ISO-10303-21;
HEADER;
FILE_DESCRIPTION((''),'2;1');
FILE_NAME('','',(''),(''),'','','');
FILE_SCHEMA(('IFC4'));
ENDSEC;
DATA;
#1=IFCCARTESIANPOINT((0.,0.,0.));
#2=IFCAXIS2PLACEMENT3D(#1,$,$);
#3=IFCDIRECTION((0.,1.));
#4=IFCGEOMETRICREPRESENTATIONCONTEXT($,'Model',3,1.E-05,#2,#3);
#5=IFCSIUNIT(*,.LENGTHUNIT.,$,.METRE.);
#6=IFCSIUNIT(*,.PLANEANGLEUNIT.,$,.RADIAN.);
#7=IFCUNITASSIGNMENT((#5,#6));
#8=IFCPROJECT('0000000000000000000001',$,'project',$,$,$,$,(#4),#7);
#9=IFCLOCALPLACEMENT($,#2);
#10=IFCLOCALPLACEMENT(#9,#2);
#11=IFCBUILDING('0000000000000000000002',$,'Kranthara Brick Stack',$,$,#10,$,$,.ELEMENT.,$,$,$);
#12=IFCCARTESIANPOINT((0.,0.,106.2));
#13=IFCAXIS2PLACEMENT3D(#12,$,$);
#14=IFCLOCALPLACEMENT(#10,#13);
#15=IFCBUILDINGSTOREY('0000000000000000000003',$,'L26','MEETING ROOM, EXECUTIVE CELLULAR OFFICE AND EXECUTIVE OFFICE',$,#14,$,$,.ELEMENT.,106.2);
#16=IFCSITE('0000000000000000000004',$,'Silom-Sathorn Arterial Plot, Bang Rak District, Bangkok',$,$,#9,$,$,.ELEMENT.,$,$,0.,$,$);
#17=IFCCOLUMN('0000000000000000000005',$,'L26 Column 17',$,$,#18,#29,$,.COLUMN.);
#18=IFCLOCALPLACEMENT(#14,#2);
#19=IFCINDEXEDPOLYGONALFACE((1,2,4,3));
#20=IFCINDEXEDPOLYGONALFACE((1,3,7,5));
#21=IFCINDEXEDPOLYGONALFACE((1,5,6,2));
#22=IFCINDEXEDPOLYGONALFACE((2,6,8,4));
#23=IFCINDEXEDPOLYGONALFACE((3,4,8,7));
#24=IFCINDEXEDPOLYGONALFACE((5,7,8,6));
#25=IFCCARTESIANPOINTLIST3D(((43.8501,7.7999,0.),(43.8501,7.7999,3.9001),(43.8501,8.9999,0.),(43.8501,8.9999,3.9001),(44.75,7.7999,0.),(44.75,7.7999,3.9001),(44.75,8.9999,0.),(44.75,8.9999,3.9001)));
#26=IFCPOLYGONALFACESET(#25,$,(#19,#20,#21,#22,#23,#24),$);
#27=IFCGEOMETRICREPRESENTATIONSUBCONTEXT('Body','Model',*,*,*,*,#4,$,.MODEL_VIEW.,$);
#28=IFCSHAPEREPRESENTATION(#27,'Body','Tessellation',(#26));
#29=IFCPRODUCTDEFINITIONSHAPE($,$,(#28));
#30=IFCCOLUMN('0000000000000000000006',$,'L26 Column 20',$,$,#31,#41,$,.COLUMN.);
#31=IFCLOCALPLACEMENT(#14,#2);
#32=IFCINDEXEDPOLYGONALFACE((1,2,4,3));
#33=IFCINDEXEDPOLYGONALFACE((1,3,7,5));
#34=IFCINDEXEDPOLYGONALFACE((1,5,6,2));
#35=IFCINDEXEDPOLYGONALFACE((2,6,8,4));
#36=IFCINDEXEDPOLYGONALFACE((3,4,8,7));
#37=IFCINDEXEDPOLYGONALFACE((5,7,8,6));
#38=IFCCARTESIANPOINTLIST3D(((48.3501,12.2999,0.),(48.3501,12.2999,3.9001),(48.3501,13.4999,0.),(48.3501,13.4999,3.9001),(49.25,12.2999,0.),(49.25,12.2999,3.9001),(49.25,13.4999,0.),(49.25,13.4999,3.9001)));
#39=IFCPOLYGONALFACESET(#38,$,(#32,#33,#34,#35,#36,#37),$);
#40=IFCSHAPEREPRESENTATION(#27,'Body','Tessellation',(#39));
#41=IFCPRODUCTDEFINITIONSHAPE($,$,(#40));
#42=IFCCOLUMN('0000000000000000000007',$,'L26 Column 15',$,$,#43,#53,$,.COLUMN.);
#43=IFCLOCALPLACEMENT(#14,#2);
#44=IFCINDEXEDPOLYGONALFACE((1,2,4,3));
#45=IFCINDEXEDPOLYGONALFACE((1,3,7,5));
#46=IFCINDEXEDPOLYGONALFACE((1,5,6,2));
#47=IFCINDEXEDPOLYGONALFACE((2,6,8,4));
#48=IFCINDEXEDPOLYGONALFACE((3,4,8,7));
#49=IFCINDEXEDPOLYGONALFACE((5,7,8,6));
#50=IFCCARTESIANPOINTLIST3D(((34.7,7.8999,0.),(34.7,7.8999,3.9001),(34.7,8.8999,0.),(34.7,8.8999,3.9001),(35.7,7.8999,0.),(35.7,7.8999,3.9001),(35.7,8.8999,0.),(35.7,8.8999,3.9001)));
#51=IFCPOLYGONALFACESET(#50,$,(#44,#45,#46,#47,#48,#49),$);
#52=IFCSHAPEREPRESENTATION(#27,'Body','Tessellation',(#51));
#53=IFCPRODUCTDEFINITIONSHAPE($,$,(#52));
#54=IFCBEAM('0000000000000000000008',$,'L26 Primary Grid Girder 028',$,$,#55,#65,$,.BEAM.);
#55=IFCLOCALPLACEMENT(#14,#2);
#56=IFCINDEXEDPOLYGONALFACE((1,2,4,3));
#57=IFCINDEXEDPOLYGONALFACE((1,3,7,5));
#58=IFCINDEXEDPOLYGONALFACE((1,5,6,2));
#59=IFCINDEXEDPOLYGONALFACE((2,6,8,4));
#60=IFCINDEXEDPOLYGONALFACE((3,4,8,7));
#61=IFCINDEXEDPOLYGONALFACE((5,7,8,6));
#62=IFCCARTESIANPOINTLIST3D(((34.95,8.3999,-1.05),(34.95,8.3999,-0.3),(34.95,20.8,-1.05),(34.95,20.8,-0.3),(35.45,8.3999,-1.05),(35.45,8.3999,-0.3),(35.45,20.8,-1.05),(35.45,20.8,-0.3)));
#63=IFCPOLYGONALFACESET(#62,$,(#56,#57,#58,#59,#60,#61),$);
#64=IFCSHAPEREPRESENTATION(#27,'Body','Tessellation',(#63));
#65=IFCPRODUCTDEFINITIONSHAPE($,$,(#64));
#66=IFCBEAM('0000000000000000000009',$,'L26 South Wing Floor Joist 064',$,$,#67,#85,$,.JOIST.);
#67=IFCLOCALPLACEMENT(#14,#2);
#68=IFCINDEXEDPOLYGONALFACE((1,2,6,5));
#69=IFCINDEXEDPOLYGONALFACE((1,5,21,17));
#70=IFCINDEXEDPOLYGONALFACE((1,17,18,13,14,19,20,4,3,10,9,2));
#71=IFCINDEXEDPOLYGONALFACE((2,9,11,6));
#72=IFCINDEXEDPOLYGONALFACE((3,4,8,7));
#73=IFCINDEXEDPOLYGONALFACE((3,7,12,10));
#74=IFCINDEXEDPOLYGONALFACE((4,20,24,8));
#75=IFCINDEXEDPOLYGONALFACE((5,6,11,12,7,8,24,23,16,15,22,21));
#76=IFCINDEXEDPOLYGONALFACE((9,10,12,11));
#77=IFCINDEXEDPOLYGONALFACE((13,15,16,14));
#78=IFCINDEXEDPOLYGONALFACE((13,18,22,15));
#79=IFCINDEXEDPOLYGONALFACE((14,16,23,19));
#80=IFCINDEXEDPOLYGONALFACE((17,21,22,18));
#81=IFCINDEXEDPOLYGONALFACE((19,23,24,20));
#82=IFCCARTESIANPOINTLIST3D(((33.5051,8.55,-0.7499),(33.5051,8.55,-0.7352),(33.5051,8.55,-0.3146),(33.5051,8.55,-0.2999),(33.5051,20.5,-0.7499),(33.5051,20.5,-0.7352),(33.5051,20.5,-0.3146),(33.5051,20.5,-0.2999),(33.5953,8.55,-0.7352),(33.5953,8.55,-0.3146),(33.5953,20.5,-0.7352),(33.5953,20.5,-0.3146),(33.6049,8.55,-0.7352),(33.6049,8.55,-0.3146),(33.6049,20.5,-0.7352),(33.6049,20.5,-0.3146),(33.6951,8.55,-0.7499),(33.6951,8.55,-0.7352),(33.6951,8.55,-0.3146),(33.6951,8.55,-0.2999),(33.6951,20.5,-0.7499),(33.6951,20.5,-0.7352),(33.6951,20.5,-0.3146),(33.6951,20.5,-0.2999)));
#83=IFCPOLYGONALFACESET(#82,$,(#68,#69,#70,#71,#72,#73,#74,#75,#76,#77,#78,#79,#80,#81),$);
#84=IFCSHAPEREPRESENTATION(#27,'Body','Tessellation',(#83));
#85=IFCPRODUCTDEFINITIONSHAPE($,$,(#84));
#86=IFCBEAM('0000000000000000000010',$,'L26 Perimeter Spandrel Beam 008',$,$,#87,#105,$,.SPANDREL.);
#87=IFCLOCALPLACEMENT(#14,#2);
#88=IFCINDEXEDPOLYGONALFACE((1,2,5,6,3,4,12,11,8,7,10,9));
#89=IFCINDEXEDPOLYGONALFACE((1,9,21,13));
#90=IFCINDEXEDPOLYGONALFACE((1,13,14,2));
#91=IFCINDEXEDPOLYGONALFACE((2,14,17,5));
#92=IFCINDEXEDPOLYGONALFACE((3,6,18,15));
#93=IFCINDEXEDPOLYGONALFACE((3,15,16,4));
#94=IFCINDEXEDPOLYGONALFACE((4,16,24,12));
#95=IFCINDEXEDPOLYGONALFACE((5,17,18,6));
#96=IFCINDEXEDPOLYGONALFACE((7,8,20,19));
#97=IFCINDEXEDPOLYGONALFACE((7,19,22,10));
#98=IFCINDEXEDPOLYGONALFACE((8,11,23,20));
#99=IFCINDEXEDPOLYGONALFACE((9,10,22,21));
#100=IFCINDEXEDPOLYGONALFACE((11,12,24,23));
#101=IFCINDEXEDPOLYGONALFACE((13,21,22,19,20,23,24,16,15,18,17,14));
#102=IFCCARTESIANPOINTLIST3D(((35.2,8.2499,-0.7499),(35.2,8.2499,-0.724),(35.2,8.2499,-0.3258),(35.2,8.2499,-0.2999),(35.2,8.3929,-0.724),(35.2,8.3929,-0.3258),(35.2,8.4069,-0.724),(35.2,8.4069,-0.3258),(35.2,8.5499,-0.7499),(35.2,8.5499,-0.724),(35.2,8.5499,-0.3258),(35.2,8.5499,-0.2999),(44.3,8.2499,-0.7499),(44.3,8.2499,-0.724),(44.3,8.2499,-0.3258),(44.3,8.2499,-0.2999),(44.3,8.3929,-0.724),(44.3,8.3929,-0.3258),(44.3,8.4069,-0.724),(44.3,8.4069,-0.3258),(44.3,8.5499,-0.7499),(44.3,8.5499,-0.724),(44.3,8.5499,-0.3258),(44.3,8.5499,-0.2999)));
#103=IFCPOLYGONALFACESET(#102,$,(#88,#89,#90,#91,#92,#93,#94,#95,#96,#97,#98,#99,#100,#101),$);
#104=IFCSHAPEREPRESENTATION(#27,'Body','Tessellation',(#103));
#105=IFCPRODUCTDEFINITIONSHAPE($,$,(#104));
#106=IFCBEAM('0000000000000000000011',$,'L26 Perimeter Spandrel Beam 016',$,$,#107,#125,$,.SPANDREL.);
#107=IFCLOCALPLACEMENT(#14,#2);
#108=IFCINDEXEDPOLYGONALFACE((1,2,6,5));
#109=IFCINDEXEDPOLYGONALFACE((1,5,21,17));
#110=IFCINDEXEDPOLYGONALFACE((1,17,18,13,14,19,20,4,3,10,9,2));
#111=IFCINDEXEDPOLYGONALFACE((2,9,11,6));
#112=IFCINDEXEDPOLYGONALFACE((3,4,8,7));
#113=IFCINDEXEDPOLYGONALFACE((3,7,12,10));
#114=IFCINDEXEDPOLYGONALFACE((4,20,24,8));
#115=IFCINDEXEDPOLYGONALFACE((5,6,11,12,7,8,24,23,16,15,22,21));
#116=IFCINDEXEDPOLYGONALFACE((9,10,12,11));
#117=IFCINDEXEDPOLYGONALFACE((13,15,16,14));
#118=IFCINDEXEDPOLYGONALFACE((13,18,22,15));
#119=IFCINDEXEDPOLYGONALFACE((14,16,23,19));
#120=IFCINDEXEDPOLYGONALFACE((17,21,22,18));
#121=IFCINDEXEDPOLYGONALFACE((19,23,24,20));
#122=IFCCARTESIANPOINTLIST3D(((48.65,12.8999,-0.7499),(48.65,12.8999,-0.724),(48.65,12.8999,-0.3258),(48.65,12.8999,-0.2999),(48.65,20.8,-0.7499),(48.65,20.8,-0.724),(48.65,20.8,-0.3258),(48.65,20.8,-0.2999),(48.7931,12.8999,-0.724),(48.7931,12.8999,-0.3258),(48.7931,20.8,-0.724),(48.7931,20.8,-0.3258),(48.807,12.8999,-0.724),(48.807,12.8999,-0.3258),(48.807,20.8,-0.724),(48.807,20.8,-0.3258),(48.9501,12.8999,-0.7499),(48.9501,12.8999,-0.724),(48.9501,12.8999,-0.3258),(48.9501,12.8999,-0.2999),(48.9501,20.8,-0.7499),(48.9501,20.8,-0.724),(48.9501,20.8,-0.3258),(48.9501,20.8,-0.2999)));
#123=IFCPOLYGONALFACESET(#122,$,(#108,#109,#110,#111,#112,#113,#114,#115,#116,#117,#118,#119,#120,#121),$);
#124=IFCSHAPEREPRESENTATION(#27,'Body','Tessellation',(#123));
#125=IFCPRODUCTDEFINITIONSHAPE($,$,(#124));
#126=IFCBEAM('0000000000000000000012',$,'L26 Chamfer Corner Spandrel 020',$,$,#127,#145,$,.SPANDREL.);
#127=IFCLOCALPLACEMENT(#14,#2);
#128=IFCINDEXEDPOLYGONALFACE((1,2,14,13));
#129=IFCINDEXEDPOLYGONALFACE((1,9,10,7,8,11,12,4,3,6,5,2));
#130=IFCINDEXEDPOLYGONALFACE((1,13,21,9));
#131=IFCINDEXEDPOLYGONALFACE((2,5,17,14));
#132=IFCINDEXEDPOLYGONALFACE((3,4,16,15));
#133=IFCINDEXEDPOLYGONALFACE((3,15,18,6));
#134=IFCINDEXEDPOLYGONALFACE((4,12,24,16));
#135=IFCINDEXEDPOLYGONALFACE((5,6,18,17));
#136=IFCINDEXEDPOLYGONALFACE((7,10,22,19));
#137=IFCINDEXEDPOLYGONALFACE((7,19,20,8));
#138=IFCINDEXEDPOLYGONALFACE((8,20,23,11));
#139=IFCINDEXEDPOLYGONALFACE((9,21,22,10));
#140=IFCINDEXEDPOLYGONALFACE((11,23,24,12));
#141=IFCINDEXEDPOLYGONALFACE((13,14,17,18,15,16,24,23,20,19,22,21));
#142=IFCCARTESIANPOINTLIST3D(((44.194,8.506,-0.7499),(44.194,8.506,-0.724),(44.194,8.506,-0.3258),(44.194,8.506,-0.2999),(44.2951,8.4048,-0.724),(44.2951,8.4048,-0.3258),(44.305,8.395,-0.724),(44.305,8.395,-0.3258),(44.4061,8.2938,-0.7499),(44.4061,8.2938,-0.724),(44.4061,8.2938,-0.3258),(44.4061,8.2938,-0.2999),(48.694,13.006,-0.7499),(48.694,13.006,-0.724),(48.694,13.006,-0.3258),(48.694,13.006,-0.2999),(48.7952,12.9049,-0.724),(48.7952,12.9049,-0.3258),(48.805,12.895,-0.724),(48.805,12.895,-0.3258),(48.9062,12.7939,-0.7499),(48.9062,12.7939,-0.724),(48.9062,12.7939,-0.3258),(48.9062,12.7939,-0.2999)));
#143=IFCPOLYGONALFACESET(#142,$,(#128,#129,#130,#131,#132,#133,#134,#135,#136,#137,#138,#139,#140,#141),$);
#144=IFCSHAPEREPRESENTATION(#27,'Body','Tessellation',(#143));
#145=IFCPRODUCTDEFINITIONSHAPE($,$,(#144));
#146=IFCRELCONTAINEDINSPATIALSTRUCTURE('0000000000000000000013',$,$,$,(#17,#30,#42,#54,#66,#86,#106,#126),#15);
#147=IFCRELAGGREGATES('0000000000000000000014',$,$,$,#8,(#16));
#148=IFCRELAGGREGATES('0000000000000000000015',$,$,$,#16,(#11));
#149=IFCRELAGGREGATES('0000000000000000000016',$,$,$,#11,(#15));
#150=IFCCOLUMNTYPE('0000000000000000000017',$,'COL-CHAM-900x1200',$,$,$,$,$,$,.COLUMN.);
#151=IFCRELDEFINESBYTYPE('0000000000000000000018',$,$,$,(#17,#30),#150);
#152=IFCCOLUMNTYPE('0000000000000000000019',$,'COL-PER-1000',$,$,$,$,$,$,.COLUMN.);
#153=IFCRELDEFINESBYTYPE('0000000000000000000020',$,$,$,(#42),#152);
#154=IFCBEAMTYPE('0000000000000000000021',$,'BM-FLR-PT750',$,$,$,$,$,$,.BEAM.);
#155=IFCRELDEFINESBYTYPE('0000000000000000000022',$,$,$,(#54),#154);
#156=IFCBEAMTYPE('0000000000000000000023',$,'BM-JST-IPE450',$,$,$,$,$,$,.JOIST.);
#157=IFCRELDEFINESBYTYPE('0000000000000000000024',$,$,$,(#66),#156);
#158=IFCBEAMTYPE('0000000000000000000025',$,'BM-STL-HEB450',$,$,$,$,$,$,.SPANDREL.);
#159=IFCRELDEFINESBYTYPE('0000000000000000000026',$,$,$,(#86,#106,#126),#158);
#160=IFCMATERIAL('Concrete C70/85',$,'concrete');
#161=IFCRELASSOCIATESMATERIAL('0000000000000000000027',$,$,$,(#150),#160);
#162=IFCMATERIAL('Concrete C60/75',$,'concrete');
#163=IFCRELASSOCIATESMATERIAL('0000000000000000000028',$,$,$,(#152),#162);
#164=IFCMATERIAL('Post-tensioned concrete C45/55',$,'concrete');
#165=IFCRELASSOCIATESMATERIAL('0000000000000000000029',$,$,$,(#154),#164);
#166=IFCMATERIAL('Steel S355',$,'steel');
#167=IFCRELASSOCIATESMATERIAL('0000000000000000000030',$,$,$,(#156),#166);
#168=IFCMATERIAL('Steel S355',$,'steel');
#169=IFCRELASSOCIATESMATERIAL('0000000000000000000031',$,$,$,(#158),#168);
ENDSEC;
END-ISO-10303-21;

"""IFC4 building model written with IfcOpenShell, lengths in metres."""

from ifc_helpers import new_model, si_unit, direction, frame, origin, origin_2d, place, context, subcontext, project, spatial, rectangle, i_section, extrude, material, material_profile, profile_set, type_object, element, save


model = new_model("IFC4")

# Units and contexts
model_context = context("Model", 3, precision=1e-05, world=origin(), true_north=direction((0.0, 1.0)))
body_context = subcontext(model_context, "Body", "Model", "MODEL_VIEW")
ifc_project = project(units=[si_unit("LENGTHUNIT", "METRE"), si_unit("PLANEANGLEUNIT", "RADIAN")], contexts=[model_context])

# Site, building, storey
site_placement = place(None, origin())
site = spatial("IfcSite", under=ifc_project, at=site_placement, Name="Silom-Sathorn Arterial Plot, Bang Rak District, Bangkok", CompositionType="ELEMENT", RefElevation=0.0)
building_placement = place(site_placement, origin())
building = spatial("IfcBuilding", under=site, at=building_placement, Name="Kranthara Brick Stack", CompositionType="ELEMENT")
storey_placement = place(building_placement, frame((0.0, 0.0, 106.2)))
storey = spatial("IfcBuildingStorey", under=building, at=storey_placement, Name="L26", Description="MEETING ROOM, EXECUTIVE CELLULAR OFFICE AND EXECUTIVE OFFICE", CompositionType="ELEMENT", Elevation=106.2)

# Columns
ifc_material_1 = material(Name="Concrete C70/85", Category="concrete")
ifc_material_profile_1 = material_profile(ifc_material_1, rectangle(XDim=0.8999, YDim=1.2, at=origin_2d()), Name="RC 900x1200")
ifc_profile_set_1 = profile_set([ifc_material_profile_1], Name="Concrete C70/85")
column_type_1 = type_object("IfcColumnType", Name="COL-CHAM-900x1200", PredefinedType="COLUMN", material=ifc_profile_set_1)
for number, where, z_axis, x_axis, name in (
    (1, (44.3, 8.3999, 0.0), (0.0, 0.0, 1.0), (1.0, 0.0, 0.0), "L26 Column 17"),
    (2, (48.8, 12.8999, 0.0), (0.0, 0.0, 1.0), (1.0, 0.0, 0.0), "L26 Column 20"),
):
    element("IfcColumn", number, at=place(storey_placement, frame(where, z_axis=z_axis, x_axis=x_axis)), inside=storey, type_object=column_type_1, Name=name, PredefinedType="COLUMN", context=body_context, shape_type="SweptSolid", body=[
        extrude(rectangle(XDim=0.8999, YDim=1.2, at=origin_2d()), origin(), (0.0, 0.0, 1.0), 3.9001),
    ])
ifc_material_2 = material(Name="Concrete C60/75", Category="concrete")
ifc_material_profile_2 = material_profile(ifc_material_2, rectangle(XDim=1.0, YDim=1.0, at=origin_2d()), Name="RC 1000x1000")
ifc_profile_set_2 = profile_set([ifc_material_profile_2], Name="Concrete C60/75")
column_type_2 = type_object("IfcColumnType", Name="COL-PER-1000", PredefinedType="COLUMN", material=ifc_profile_set_2)
column_placement = place(storey_placement, frame((35.2, 8.3999, 0.0), z_axis=(0.0, 0.0, 1.0), x_axis=(1.0, 0.0, 0.0)))
element("IfcColumn", 3, at=column_placement, inside=storey, type_object=column_type_2, Name="L26 Column 15", PredefinedType="COLUMN", context=body_context, shape_type="SweptSolid", body=[
    extrude(rectangle(XDim=1.0, YDim=1.0, at=origin_2d()), origin(), (0.0, 0.0, 1.0), 3.9001),
])

# Beams
ifc_material_3 = material(Name="Post-tensioned concrete C45/55", Category="concrete")
ifc_material_profile_3 = material_profile(ifc_material_3, rectangle(XDim=0.5, YDim=0.75, at=origin_2d()), Name="PT 500x750")
ifc_profile_set_3 = profile_set([ifc_material_profile_3], Name="Post-tensioned concrete C45/55")
beam_type_1 = type_object("IfcBeamType", Name="BM-FLR-PT750", PredefinedType="BEAM", material=ifc_profile_set_3)
beam_1_placement = place(storey_placement, frame((35.2, 8.3999, -0.675), z_axis=(0.0, 1.0, 0.0), x_axis=(-1.0, 0.0, 0.0)))
element("IfcBeam", 4, at=beam_1_placement, inside=storey, type_object=beam_type_1, Name="L26 Primary Grid Girder 028", PredefinedType="BEAM", context=body_context, shape_type="SweptSolid", body=[
    extrude(rectangle(XDim=0.5, YDim=0.75, at=origin_2d()), origin(), (0.0, 0.0, 1.0), 12.4001),
])
ifc_material_4 = material(Name="Steel S355", Category="steel")
ifc_material_profile_4 = material_profile(ifc_material_4, i_section(OverallWidth=0.1899, OverallDepth=0.45, WebThickness=0.0095, FlangeThickness=0.0146, at=origin_2d()), Name="IPE 450")
ifc_profile_set_4 = profile_set([ifc_material_profile_4], Name="Steel S355")
beam_type_2 = type_object("IfcBeamType", Name="BM-JST-IPE450", PredefinedType="JOIST", material=ifc_profile_set_4)
beam_2_placement = place(storey_placement, frame((33.6001, 8.55, -0.5249), z_axis=(0.0, 1.0, 0.0), x_axis=(-1.0, 0.0, 0.0)))
element("IfcBeam", 5, at=beam_2_placement, inside=storey, type_object=beam_type_2, Name="L26 South Wing Floor Joist 064", PredefinedType="JOIST", context=body_context, shape_type="SweptSolid", body=[
    extrude(i_section(OverallWidth=0.1899, OverallDepth=0.45, WebThickness=0.0095, FlangeThickness=0.0146, at=origin_2d()), origin(), (0.0, 0.0, 1.0), 11.95),
])
ifc_material_5 = material(Name="Steel S355", Category="steel")
ifc_material_profile_5 = material_profile(ifc_material_5, i_section(OverallWidth=0.3, OverallDepth=0.45, WebThickness=0.0139, FlangeThickness=0.0259, at=origin_2d()), Name="HEB 450")
ifc_profile_set_5 = profile_set([ifc_material_profile_5], Name="Steel S355")
beam_type_3 = type_object("IfcBeamType", Name="BM-STL-HEB450", PredefinedType="SPANDREL", material=ifc_profile_set_5)
beam_3_placement = place(storey_placement, frame((35.2, 8.3999, -0.5249), z_axis=(1.0, 0.0, 0.0), x_axis=(0.0, 1.0, 0.0)))
element("IfcBeam", 6, at=beam_3_placement, inside=storey, type_object=beam_type_3, Name="L26 Perimeter Spandrel Beam 008", PredefinedType="SPANDREL", context=body_context, shape_type="SweptSolid", body=[
    extrude(i_section(OverallWidth=0.3, OverallDepth=0.45, WebThickness=0.0139, FlangeThickness=0.0259, at=origin_2d()), origin(), (0.0, 0.0, 1.0), 9.1001),
])
beam_4_placement = place(storey_placement, frame((48.8, 12.8999, -0.5249), z_axis=(0.0, 1.0, 0.0), x_axis=(-1.0, 0.0, 0.0)))
element("IfcBeam", 7, at=beam_4_placement, inside=storey, type_object=beam_type_3, Name="L26 Perimeter Spandrel Beam 016", PredefinedType="SPANDREL", context=body_context, shape_type="SweptSolid", body=[
    extrude(i_section(OverallWidth=0.3, OverallDepth=0.45, WebThickness=0.0139, FlangeThickness=0.0259, at=origin_2d()), origin(), (0.0, 0.0, 1.0), 7.9001),
])
beam_5_placement = place(storey_placement, frame((44.3, 8.3999, -0.5249), z_axis=(0.707107, 0.707107, 0.0), x_axis=(-0.707107, 0.707107, 0.0)))
element("IfcBeam", 8, at=beam_5_placement, inside=storey, type_object=beam_type_3, Name="L26 Chamfer Corner Spandrel 020", PredefinedType="SPANDREL", context=body_context, shape_type="SweptSolid", body=[
    extrude(i_section(OverallWidth=0.3, OverallDepth=0.45, WebThickness=0.0139, FlangeThickness=0.0259, at=origin_2d()), origin(), (0.0, 0.0, 1.0), 6.364),
])

save(model, "model.ifc")
